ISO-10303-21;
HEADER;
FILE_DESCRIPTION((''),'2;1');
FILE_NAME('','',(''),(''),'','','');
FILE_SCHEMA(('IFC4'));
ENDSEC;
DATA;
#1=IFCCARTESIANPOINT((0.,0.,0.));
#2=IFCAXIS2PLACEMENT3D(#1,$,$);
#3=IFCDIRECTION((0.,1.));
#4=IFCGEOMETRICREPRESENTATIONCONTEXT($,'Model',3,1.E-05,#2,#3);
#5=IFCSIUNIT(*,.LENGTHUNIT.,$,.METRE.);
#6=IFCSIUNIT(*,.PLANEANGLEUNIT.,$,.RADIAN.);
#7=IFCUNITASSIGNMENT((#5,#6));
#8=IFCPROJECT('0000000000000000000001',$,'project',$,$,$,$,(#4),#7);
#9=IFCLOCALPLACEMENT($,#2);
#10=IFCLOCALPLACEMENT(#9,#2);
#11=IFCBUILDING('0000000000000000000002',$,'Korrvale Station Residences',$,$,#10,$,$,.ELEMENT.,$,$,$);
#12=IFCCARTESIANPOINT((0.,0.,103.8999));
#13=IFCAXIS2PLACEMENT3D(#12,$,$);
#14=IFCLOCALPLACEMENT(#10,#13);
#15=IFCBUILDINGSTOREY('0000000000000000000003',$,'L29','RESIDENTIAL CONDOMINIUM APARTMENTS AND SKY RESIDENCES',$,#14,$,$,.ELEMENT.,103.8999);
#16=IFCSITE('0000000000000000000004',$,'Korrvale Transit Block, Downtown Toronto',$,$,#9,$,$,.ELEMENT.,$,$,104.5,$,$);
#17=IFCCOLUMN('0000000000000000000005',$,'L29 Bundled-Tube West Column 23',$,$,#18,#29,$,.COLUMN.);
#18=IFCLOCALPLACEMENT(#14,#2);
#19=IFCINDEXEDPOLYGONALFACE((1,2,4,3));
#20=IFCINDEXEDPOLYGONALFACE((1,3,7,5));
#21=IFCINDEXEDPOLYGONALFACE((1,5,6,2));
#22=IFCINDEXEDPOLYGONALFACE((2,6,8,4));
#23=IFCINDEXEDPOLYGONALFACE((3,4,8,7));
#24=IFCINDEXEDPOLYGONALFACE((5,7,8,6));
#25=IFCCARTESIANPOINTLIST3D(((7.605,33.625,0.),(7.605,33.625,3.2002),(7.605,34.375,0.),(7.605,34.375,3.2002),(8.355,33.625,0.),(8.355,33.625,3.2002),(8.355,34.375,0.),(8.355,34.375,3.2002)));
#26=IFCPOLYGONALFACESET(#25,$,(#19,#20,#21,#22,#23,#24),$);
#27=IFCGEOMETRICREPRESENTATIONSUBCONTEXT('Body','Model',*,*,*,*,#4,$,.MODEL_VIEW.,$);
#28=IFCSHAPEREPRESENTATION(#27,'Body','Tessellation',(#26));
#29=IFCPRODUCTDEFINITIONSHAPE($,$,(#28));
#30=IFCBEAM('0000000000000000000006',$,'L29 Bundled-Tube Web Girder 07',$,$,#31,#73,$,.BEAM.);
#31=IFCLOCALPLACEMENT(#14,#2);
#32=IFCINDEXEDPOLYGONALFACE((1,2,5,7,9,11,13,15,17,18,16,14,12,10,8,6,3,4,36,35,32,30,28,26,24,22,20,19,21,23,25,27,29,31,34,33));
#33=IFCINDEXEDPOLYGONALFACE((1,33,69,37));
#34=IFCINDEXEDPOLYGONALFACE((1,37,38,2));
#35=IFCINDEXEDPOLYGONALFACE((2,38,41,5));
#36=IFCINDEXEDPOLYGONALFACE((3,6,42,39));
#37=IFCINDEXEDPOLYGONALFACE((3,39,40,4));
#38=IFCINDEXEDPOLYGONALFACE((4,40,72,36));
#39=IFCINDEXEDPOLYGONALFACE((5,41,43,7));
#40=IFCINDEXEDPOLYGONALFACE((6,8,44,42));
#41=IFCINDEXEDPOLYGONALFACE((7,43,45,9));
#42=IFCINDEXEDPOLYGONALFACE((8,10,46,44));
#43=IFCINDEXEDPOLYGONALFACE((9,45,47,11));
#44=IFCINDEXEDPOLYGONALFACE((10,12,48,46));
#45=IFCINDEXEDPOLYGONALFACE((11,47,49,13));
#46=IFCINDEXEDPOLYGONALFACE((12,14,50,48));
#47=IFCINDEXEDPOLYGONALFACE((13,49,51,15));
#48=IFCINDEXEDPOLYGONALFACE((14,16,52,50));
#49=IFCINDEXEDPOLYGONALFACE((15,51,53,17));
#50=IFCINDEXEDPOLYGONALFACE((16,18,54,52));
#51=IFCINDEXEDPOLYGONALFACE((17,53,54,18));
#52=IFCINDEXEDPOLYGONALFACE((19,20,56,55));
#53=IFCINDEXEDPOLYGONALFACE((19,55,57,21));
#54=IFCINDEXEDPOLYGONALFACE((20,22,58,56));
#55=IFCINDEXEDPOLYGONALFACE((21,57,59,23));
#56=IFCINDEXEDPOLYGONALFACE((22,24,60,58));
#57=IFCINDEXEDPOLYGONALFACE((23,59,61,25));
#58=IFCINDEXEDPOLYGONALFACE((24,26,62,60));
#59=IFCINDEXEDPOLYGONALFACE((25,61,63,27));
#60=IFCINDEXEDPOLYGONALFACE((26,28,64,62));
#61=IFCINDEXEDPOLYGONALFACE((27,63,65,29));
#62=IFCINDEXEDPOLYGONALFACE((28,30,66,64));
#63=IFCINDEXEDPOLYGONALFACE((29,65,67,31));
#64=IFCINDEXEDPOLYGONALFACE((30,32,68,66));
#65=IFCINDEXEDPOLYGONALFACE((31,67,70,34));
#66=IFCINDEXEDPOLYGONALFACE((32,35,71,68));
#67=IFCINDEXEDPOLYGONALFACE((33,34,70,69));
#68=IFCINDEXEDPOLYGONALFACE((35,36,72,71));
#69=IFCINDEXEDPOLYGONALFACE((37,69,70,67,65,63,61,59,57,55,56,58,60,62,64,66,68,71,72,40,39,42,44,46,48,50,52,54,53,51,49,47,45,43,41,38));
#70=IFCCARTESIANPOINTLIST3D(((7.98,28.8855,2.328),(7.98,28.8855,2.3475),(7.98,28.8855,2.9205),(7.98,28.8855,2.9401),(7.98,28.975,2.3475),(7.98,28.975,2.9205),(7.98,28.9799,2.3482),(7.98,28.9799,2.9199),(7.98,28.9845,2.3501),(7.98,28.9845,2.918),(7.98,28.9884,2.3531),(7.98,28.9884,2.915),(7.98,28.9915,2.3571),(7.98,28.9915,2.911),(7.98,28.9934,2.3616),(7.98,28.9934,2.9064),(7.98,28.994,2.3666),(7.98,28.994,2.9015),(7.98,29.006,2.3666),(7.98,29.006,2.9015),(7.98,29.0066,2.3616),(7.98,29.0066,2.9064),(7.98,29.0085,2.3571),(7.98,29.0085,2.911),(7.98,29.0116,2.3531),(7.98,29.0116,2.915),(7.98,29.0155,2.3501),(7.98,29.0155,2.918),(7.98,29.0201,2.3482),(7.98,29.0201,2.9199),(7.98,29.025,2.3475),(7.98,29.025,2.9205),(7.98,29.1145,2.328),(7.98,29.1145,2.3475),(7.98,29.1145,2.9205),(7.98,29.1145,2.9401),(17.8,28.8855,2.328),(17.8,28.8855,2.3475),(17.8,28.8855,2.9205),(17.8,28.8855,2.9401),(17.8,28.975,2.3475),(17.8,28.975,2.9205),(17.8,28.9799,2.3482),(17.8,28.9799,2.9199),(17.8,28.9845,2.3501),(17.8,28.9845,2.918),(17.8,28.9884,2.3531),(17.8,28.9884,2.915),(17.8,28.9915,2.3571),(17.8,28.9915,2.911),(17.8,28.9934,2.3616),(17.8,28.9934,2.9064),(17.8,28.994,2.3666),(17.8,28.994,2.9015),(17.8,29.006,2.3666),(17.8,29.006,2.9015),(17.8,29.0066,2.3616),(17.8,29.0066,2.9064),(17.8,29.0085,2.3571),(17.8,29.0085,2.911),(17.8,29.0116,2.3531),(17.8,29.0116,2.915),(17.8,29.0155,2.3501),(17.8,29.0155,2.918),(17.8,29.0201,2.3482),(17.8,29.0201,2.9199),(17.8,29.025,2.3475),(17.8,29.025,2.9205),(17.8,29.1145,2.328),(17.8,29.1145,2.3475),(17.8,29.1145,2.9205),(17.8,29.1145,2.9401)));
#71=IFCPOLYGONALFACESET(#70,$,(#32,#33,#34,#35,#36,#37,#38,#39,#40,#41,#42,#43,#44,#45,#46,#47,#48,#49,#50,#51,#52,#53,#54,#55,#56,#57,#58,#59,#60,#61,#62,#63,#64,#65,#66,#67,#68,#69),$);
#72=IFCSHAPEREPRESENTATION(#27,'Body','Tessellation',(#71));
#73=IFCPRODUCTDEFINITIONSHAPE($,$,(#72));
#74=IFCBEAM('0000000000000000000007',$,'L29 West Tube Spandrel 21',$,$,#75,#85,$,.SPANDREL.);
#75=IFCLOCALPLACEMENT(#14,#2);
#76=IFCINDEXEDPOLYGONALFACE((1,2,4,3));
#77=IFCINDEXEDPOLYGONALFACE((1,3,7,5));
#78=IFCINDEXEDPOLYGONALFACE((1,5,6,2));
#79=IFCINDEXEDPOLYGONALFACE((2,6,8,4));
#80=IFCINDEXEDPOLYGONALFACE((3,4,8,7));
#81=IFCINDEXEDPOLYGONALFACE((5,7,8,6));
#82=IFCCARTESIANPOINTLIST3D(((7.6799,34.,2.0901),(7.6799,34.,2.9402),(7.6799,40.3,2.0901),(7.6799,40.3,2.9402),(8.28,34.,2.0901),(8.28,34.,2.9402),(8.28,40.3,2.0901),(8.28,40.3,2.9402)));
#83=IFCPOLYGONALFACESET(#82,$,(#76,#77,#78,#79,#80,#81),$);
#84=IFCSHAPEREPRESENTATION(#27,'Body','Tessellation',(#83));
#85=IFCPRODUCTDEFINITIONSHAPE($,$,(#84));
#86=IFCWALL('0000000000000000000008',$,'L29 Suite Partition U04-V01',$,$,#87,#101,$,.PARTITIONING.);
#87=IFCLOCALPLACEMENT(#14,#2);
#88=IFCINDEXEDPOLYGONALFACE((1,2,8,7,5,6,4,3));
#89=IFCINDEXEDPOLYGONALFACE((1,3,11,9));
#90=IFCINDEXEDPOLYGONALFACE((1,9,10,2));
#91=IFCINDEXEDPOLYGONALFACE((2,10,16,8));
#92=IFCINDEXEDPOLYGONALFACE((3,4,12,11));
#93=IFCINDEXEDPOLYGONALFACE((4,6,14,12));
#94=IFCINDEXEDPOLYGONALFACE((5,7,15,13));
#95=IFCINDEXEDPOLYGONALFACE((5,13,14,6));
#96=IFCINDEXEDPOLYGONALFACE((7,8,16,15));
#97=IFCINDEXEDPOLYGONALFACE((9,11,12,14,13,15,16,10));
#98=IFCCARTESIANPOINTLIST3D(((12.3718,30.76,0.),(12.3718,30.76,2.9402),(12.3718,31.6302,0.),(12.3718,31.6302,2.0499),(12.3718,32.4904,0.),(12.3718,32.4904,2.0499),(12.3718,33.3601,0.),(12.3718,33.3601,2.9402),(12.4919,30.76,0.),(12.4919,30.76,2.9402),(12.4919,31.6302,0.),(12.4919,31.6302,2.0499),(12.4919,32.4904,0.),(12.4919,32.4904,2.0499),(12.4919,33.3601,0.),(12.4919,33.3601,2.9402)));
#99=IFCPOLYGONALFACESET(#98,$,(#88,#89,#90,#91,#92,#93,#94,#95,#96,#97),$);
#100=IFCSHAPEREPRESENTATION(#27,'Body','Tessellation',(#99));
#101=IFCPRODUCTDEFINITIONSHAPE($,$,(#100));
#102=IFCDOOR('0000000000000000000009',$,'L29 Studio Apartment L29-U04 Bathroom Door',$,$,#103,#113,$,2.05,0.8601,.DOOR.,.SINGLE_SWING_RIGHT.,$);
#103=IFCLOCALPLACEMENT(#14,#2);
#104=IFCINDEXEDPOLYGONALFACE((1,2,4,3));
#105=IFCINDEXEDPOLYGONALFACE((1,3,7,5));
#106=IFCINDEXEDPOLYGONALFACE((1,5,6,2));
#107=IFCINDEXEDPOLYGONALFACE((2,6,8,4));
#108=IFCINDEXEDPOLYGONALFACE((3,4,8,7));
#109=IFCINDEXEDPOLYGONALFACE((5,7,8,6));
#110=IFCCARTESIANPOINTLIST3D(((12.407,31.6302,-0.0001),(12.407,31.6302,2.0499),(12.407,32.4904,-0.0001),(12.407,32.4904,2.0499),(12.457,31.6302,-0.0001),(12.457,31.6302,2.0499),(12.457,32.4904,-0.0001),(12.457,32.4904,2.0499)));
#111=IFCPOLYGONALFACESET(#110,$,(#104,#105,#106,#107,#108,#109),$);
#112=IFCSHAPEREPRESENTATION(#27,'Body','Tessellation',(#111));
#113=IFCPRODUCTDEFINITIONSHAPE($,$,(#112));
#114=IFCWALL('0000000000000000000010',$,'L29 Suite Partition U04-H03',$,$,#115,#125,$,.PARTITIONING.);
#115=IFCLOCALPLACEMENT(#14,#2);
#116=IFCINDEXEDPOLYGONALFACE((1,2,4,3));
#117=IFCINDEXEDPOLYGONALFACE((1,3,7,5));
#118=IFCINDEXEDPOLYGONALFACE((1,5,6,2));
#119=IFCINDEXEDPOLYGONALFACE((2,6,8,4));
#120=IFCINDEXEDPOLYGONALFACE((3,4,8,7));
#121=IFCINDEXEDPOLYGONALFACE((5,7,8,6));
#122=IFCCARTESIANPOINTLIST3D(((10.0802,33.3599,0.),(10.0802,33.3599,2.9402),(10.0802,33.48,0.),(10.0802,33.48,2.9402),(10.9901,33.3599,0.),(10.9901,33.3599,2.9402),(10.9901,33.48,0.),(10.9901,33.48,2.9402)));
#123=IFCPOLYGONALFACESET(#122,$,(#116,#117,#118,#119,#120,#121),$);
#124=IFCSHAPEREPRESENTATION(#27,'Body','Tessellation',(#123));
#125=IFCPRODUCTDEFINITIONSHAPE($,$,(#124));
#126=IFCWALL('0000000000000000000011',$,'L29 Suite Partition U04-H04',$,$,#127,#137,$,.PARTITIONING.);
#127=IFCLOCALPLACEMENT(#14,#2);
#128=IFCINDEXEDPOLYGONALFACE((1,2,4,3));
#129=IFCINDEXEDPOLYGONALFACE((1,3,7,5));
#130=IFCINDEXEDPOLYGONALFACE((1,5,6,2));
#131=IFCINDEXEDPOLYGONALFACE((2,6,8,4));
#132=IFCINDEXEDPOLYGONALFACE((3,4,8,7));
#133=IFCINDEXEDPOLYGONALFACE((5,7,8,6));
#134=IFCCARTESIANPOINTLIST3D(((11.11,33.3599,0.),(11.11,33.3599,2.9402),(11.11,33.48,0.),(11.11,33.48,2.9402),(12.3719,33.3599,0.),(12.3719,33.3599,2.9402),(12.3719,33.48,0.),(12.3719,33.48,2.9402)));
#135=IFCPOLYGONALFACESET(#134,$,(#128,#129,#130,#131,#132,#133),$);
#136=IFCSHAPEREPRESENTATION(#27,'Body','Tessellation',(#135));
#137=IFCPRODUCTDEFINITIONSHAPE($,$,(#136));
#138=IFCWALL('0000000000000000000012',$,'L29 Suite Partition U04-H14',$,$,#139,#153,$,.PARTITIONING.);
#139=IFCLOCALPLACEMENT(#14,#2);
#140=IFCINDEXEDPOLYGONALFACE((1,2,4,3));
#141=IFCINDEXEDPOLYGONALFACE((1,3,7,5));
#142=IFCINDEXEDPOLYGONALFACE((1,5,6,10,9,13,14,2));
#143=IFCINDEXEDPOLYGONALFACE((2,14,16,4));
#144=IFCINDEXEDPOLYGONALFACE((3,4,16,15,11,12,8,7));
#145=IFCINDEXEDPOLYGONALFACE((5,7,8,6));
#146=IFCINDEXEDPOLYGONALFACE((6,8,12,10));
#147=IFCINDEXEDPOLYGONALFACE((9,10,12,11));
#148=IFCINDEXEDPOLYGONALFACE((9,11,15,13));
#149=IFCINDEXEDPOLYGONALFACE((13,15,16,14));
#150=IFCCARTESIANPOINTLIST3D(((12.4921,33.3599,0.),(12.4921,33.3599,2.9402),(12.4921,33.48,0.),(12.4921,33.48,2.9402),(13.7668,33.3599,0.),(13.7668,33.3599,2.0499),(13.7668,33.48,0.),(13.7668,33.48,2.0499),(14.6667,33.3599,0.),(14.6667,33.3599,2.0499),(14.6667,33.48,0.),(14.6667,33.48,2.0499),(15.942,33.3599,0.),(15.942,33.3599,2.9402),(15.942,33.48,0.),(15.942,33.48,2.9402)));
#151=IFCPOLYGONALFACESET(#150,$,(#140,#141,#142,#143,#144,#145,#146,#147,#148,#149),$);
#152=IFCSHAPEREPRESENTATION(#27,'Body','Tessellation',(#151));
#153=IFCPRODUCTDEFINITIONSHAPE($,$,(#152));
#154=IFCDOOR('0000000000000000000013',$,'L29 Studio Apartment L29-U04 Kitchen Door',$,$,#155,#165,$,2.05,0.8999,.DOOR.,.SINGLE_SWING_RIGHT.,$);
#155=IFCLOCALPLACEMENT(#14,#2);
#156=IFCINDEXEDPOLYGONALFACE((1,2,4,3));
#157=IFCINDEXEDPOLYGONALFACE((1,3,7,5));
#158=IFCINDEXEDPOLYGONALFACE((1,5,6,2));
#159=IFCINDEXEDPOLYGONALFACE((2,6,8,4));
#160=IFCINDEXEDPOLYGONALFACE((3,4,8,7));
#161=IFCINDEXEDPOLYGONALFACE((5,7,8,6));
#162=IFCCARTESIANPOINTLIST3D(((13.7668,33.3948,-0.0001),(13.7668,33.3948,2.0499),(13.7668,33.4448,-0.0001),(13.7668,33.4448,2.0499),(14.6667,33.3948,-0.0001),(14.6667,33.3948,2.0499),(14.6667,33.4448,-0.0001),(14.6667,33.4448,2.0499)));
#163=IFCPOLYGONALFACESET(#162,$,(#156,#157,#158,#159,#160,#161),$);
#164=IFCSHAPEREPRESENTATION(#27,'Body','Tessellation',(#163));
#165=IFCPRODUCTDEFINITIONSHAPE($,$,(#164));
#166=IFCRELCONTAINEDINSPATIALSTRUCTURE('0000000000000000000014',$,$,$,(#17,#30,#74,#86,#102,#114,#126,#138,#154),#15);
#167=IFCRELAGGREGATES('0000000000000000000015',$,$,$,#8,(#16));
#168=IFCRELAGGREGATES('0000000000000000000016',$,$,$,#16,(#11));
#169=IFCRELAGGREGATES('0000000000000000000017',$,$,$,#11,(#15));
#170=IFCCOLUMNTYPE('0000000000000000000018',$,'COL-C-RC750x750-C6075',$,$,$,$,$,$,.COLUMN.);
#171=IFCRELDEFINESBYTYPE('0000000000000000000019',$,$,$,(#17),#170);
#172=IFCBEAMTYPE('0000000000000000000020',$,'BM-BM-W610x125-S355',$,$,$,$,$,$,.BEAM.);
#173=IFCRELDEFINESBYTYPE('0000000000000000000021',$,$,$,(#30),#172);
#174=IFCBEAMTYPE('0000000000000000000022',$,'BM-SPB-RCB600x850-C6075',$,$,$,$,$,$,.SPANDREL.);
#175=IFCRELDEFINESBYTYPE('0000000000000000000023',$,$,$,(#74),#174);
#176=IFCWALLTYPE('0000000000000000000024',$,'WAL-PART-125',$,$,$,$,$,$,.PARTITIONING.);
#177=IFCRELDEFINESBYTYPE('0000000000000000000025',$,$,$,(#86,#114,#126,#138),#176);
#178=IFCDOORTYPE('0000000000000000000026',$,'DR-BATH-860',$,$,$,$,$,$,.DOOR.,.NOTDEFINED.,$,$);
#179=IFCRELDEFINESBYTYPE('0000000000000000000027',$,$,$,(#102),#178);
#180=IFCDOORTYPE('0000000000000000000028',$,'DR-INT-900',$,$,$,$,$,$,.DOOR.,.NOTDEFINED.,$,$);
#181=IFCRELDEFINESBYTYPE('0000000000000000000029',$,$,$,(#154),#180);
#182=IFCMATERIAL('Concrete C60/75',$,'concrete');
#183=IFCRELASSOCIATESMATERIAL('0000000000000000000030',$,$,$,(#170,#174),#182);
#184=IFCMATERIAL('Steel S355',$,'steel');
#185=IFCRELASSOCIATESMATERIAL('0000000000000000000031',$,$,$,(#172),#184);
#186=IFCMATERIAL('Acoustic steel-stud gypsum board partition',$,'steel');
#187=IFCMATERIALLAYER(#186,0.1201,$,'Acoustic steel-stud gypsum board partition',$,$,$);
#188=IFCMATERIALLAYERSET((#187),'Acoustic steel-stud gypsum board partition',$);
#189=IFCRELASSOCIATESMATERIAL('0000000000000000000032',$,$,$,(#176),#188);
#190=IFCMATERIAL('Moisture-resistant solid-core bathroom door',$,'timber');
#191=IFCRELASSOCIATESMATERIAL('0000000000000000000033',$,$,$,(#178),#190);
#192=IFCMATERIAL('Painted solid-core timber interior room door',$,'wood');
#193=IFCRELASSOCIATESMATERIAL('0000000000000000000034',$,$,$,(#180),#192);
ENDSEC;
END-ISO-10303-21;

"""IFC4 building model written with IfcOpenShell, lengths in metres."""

from ifc_helpers import new_model, si_unit, direction, frame, frame_2d, origin, origin_2d, place, context, subcontext, project, spatial, rectangle, i_section, extrude, material, layer, layer_set, material_profile, profile_set, type_object, element, fill, save


model = new_model("IFC4")

# Units and contexts
model_context = context("Model", 3, precision=1e-05, world=origin(), true_north=direction((0.0, 1.0)))
body_context = subcontext(model_context, "Body", "Model", "MODEL_VIEW")
ifc_project = project(units=[si_unit("LENGTHUNIT", "METRE"), si_unit("PLANEANGLEUNIT", "RADIAN")], contexts=[model_context])

# Site, building, storey
site_placement = place(None, origin())
site = spatial("IfcSite", under=ifc_project, at=site_placement, Name="Korrvale Transit Block, Downtown Toronto", CompositionType="ELEMENT", RefElevation=104.5)
building_placement = place(site_placement, origin())
building = spatial("IfcBuilding", under=site, at=building_placement, Name="Korrvale Station Residences", CompositionType="ELEMENT")
storey_placement = place(building_placement, frame((0.0, 0.0, 103.8999)))
storey = spatial("IfcBuildingStorey", under=building, at=storey_placement, Name="L29", Description="RESIDENTIAL CONDOMINIUM APARTMENTS AND SKY RESIDENCES", CompositionType="ELEMENT", Elevation=103.8999)

# Column
ifc_material_1 = material(Name="Concrete C60/75", Category="concrete")
ifc_material_profile_1 = material_profile(ifc_material_1, rectangle(XDim=0.75, YDim=0.75, at=origin_2d()), Name="RC750x750")
ifc_profile_set_1 = profile_set([ifc_material_profile_1], Name="Concrete C60/75")
column_type = type_object("IfcColumnType", Name="COL-C-RC750x750-C6075", PredefinedType="COLUMN", material=ifc_profile_set_1)
column_placement = place(storey_placement, frame((7.98, 34.0, 0.0), z_axis=(0.0, 0.0, 1.0), x_axis=(1.0, 0.0, 0.0)))
element("IfcColumn", 1, at=column_placement, inside=storey, type_object=column_type, Name="L29 Bundled-Tube West Column 23", PredefinedType="COLUMN", context=body_context, shape_type="SweptSolid", body=[
    extrude(rectangle(XDim=0.75, YDim=0.75, at=origin_2d()), origin(), (0.0, 0.0, 1.0), 3.2002),
])

# Beams
ifc_material_2 = material(Name="Steel S355", Category="steel")
ifc_material_profile_2 = material_profile(ifc_material_2, i_section(OverallWidth=0.229, OverallDepth=0.6121, WebThickness=0.012, FlangeThickness=0.0195, FilletRadius=0.019, at=origin_2d()), Name="W610x125")
ifc_profile_set_2 = profile_set([ifc_material_profile_2], Name="Steel S355")
beam_type_1 = type_object("IfcBeamType", Name="BM-BM-W610x125-S355", PredefinedType="BEAM", material=ifc_profile_set_2)
beam_1_placement = place(storey_placement, frame((7.98, 29.0, 2.634), z_axis=(1.0, 0.0, 0.0), x_axis=(0.0, 1.0, 0.0)))
element("IfcBeam", 2, at=beam_1_placement, inside=storey, type_object=beam_type_1, Name="L29 Bundled-Tube Web Girder 07", PredefinedType="BEAM", context=body_context, shape_type="SweptSolid", body=[
    extrude(i_section(OverallWidth=0.229, OverallDepth=0.6121, WebThickness=0.012, FlangeThickness=0.0195, FilletRadius=0.019, at=origin_2d()), origin(), (0.0, 0.0, 1.0), 9.8201),
])
ifc_material_profile_3 = material_profile(ifc_material_1, rectangle(XDim=0.6001, YDim=0.8501, at=origin_2d()), Name="RCB600x850")
ifc_profile_set_3 = profile_set([ifc_material_profile_3], Name="Concrete C60/75")
beam_type_2 = type_object("IfcBeamType", Name="BM-SPB-RCB600x850-C6075", PredefinedType="SPANDREL", material=ifc_profile_set_3)
beam_2_placement = place(storey_placement, frame((7.98, 34.0, 2.5151), z_axis=(0.0, 1.0, 0.0), x_axis=(-1.0, 0.0, 0.0)))
element("IfcBeam", 3, at=beam_2_placement, inside=storey, type_object=beam_type_2, Name="L29 West Tube Spandrel 21", PredefinedType="SPANDREL", context=body_context, shape_type="SweptSolid", body=[
    extrude(rectangle(XDim=0.6001, YDim=0.8501, at=origin_2d()), origin(), (0.0, 0.0, 1.0), 6.3),
])

# Wall, opening, door
ifc_material_3 = material(Name="Acoustic steel-stud gypsum board partition", Category="steel")
ifc_layer_1 = layer(ifc_material_3, 0.1201, Name="Acoustic steel-stud gypsum board partition")
ifc_layer_set_1 = layer_set([ifc_layer_1], Name="Acoustic steel-stud gypsum board partition")
wall_type_1 = type_object("IfcWallType", Name="WAL-PART-125", PredefinedType="PARTITIONING", material=ifc_layer_set_1)
wall_1_placement = place(storey_placement, frame((12.4319, 30.76, 0.0), z_axis=(0.0, 0.0, 1.0), x_axis=(0.0, 1.0, 0.0)))
wall_1 = element("IfcWall", 4, at=wall_1_placement, inside=storey, type_object=wall_type_1, Name="L29 Suite Partition U04-V01", PredefinedType="PARTITIONING", context=body_context, shape_type="SweptSolid", body=[
    extrude(rectangle(XDim=2.6001, YDim=0.1201, at=frame_2d((1.3, 0.0))), origin(), (0.0, 0.0, 1.0), 2.9402),
])
opening_1_placement = place(wall_1_placement, frame((0.8701, 0.0, 0.0)))
opening_1 = element("IfcOpeningElement", 5, at=opening_1_placement, cuts=wall_1, PredefinedType="OPENING", context=body_context, shape_type="SweptSolid", body=[
    extrude(rectangle(XDim=0.8601, YDim=2.05, at=frame_2d((0.4302, 1.0249))), frame((0.0, 0.0701, 0.0), z_axis=(0.0, -1.0, 0.0), x_axis=(1.0, 0.0, 0.0)), (0.0, 0.0, 1.0), 0.1401),
])
ifc_material_4 = material(Name="Moisture-resistant solid-core bathroom door", Category="timber")
door_type_1 = type_object("IfcDoorType", Name="DR-BATH-860", OperationType="NOTDEFINED", PredefinedType="DOOR", material=ifc_material_4)
door_1_placement = place(opening_1_placement, origin())
door_1 = element("IfcDoor", 6, at=door_1_placement, inside=storey, type_object=door_type_1, Name="L29 Studio Apartment L29-U04 Bathroom Door", OperationType="SINGLE_SWING_RIGHT", OverallHeight=2.05, OverallWidth=0.8601, PredefinedType="DOOR", context=body_context, shape_type="SweptSolid", body=[
    extrude(rectangle(XDim=0.8601, YDim=2.05, at=frame_2d((0.4302, 1.0249))), frame((0.0, 0.0249, 0.0), z_axis=(0.0, -1.0, 0.0), x_axis=(1.0, 0.0, 0.0)), (0.0, 0.0, 1.0), 0.05),
])
fill(opening_1, door_1)

# Walls
wall_2_placement = place(storey_placement, frame((10.0801, 33.4199, 0.0), z_axis=(0.0, 0.0, 1.0), x_axis=(1.0, 0.0, 0.0)))
element("IfcWall", 7, at=wall_2_placement, inside=storey, type_object=wall_type_1, Name="L29 Suite Partition U04-H03", PredefinedType="PARTITIONING", context=body_context, shape_type="SweptSolid", body=[
    extrude(rectangle(XDim=0.9099, YDim=0.1201, at=frame_2d((0.4551, 0.0))), origin(), (0.0, 0.0, 1.0), 2.9402),
])
wall_3_placement = place(storey_placement, frame((11.1101, 33.4199, 0.0), z_axis=(0.0, 0.0, 1.0), x_axis=(1.0, 0.0, 0.0)))
element("IfcWall", 8, at=wall_3_placement, inside=storey, type_object=wall_type_1, Name="L29 Suite Partition U04-H04", PredefinedType="PARTITIONING", context=body_context, shape_type="SweptSolid", body=[
    extrude(rectangle(XDim=1.262, YDim=0.1201, at=frame_2d((0.6309, 0.0))), origin(), (0.0, 0.0, 1.0), 2.9402),
])

# Wall, opening, door
wall_4_placement = place(storey_placement, frame((12.4919, 33.4199, 0.0), z_axis=(0.0, 0.0, 1.0), x_axis=(1.0, 0.0, 0.0)))
wall_4 = element("IfcWall", 9, at=wall_4_placement, inside=storey, type_object=wall_type_1, Name="L29 Suite Partition U04-H14", PredefinedType="PARTITIONING", context=body_context, shape_type="SweptSolid", body=[
    extrude(rectangle(XDim=3.45, YDim=0.1201, at=frame_2d((1.7251, 0.0))), origin(), (0.0, 0.0, 1.0), 2.9402),
])
opening_2_placement = place(wall_4_placement, frame((1.2749, 0.0, 0.0)))
opening_2 = element("IfcOpeningElement", 10, at=opening_2_placement, cuts=wall_4, PredefinedType="OPENING", context=body_context, shape_type="SweptSolid", body=[
    extrude(rectangle(XDim=0.8999, YDim=2.05, at=frame_2d((0.45, 1.0249))), frame((0.0, 0.0701, 0.0), z_axis=(0.0, -1.0, 0.0), x_axis=(1.0, 0.0, 0.0)), (0.0, 0.0, 1.0), 0.1401),
])
ifc_material_5 = material(Name="Painted solid-core timber interior room door", Category="wood")
door_type_2 = type_object("IfcDoorType", Name="DR-INT-900", OperationType="NOTDEFINED", PredefinedType="DOOR", material=ifc_material_5)
door_2_placement = place(opening_2_placement, origin())
door_2 = element("IfcDoor", 11, at=door_2_placement, inside=storey, type_object=door_type_2, Name="L29 Studio Apartment L29-U04 Kitchen Door", OperationType="SINGLE_SWING_RIGHT", OverallHeight=2.05, OverallWidth=0.8999, PredefinedType="DOOR", context=body_context, shape_type="SweptSolid", body=[
    extrude(rectangle(XDim=0.8999, YDim=2.05, at=frame_2d((0.45, 1.0249))), frame((0.0, 0.0249, 0.0), z_axis=(0.0, -1.0, 0.0), x_axis=(1.0, 0.0, 0.0)), (0.0, 0.0, 1.0), 0.05),
])
fill(opening_2, door_2)

save(model, "model.ifc")
